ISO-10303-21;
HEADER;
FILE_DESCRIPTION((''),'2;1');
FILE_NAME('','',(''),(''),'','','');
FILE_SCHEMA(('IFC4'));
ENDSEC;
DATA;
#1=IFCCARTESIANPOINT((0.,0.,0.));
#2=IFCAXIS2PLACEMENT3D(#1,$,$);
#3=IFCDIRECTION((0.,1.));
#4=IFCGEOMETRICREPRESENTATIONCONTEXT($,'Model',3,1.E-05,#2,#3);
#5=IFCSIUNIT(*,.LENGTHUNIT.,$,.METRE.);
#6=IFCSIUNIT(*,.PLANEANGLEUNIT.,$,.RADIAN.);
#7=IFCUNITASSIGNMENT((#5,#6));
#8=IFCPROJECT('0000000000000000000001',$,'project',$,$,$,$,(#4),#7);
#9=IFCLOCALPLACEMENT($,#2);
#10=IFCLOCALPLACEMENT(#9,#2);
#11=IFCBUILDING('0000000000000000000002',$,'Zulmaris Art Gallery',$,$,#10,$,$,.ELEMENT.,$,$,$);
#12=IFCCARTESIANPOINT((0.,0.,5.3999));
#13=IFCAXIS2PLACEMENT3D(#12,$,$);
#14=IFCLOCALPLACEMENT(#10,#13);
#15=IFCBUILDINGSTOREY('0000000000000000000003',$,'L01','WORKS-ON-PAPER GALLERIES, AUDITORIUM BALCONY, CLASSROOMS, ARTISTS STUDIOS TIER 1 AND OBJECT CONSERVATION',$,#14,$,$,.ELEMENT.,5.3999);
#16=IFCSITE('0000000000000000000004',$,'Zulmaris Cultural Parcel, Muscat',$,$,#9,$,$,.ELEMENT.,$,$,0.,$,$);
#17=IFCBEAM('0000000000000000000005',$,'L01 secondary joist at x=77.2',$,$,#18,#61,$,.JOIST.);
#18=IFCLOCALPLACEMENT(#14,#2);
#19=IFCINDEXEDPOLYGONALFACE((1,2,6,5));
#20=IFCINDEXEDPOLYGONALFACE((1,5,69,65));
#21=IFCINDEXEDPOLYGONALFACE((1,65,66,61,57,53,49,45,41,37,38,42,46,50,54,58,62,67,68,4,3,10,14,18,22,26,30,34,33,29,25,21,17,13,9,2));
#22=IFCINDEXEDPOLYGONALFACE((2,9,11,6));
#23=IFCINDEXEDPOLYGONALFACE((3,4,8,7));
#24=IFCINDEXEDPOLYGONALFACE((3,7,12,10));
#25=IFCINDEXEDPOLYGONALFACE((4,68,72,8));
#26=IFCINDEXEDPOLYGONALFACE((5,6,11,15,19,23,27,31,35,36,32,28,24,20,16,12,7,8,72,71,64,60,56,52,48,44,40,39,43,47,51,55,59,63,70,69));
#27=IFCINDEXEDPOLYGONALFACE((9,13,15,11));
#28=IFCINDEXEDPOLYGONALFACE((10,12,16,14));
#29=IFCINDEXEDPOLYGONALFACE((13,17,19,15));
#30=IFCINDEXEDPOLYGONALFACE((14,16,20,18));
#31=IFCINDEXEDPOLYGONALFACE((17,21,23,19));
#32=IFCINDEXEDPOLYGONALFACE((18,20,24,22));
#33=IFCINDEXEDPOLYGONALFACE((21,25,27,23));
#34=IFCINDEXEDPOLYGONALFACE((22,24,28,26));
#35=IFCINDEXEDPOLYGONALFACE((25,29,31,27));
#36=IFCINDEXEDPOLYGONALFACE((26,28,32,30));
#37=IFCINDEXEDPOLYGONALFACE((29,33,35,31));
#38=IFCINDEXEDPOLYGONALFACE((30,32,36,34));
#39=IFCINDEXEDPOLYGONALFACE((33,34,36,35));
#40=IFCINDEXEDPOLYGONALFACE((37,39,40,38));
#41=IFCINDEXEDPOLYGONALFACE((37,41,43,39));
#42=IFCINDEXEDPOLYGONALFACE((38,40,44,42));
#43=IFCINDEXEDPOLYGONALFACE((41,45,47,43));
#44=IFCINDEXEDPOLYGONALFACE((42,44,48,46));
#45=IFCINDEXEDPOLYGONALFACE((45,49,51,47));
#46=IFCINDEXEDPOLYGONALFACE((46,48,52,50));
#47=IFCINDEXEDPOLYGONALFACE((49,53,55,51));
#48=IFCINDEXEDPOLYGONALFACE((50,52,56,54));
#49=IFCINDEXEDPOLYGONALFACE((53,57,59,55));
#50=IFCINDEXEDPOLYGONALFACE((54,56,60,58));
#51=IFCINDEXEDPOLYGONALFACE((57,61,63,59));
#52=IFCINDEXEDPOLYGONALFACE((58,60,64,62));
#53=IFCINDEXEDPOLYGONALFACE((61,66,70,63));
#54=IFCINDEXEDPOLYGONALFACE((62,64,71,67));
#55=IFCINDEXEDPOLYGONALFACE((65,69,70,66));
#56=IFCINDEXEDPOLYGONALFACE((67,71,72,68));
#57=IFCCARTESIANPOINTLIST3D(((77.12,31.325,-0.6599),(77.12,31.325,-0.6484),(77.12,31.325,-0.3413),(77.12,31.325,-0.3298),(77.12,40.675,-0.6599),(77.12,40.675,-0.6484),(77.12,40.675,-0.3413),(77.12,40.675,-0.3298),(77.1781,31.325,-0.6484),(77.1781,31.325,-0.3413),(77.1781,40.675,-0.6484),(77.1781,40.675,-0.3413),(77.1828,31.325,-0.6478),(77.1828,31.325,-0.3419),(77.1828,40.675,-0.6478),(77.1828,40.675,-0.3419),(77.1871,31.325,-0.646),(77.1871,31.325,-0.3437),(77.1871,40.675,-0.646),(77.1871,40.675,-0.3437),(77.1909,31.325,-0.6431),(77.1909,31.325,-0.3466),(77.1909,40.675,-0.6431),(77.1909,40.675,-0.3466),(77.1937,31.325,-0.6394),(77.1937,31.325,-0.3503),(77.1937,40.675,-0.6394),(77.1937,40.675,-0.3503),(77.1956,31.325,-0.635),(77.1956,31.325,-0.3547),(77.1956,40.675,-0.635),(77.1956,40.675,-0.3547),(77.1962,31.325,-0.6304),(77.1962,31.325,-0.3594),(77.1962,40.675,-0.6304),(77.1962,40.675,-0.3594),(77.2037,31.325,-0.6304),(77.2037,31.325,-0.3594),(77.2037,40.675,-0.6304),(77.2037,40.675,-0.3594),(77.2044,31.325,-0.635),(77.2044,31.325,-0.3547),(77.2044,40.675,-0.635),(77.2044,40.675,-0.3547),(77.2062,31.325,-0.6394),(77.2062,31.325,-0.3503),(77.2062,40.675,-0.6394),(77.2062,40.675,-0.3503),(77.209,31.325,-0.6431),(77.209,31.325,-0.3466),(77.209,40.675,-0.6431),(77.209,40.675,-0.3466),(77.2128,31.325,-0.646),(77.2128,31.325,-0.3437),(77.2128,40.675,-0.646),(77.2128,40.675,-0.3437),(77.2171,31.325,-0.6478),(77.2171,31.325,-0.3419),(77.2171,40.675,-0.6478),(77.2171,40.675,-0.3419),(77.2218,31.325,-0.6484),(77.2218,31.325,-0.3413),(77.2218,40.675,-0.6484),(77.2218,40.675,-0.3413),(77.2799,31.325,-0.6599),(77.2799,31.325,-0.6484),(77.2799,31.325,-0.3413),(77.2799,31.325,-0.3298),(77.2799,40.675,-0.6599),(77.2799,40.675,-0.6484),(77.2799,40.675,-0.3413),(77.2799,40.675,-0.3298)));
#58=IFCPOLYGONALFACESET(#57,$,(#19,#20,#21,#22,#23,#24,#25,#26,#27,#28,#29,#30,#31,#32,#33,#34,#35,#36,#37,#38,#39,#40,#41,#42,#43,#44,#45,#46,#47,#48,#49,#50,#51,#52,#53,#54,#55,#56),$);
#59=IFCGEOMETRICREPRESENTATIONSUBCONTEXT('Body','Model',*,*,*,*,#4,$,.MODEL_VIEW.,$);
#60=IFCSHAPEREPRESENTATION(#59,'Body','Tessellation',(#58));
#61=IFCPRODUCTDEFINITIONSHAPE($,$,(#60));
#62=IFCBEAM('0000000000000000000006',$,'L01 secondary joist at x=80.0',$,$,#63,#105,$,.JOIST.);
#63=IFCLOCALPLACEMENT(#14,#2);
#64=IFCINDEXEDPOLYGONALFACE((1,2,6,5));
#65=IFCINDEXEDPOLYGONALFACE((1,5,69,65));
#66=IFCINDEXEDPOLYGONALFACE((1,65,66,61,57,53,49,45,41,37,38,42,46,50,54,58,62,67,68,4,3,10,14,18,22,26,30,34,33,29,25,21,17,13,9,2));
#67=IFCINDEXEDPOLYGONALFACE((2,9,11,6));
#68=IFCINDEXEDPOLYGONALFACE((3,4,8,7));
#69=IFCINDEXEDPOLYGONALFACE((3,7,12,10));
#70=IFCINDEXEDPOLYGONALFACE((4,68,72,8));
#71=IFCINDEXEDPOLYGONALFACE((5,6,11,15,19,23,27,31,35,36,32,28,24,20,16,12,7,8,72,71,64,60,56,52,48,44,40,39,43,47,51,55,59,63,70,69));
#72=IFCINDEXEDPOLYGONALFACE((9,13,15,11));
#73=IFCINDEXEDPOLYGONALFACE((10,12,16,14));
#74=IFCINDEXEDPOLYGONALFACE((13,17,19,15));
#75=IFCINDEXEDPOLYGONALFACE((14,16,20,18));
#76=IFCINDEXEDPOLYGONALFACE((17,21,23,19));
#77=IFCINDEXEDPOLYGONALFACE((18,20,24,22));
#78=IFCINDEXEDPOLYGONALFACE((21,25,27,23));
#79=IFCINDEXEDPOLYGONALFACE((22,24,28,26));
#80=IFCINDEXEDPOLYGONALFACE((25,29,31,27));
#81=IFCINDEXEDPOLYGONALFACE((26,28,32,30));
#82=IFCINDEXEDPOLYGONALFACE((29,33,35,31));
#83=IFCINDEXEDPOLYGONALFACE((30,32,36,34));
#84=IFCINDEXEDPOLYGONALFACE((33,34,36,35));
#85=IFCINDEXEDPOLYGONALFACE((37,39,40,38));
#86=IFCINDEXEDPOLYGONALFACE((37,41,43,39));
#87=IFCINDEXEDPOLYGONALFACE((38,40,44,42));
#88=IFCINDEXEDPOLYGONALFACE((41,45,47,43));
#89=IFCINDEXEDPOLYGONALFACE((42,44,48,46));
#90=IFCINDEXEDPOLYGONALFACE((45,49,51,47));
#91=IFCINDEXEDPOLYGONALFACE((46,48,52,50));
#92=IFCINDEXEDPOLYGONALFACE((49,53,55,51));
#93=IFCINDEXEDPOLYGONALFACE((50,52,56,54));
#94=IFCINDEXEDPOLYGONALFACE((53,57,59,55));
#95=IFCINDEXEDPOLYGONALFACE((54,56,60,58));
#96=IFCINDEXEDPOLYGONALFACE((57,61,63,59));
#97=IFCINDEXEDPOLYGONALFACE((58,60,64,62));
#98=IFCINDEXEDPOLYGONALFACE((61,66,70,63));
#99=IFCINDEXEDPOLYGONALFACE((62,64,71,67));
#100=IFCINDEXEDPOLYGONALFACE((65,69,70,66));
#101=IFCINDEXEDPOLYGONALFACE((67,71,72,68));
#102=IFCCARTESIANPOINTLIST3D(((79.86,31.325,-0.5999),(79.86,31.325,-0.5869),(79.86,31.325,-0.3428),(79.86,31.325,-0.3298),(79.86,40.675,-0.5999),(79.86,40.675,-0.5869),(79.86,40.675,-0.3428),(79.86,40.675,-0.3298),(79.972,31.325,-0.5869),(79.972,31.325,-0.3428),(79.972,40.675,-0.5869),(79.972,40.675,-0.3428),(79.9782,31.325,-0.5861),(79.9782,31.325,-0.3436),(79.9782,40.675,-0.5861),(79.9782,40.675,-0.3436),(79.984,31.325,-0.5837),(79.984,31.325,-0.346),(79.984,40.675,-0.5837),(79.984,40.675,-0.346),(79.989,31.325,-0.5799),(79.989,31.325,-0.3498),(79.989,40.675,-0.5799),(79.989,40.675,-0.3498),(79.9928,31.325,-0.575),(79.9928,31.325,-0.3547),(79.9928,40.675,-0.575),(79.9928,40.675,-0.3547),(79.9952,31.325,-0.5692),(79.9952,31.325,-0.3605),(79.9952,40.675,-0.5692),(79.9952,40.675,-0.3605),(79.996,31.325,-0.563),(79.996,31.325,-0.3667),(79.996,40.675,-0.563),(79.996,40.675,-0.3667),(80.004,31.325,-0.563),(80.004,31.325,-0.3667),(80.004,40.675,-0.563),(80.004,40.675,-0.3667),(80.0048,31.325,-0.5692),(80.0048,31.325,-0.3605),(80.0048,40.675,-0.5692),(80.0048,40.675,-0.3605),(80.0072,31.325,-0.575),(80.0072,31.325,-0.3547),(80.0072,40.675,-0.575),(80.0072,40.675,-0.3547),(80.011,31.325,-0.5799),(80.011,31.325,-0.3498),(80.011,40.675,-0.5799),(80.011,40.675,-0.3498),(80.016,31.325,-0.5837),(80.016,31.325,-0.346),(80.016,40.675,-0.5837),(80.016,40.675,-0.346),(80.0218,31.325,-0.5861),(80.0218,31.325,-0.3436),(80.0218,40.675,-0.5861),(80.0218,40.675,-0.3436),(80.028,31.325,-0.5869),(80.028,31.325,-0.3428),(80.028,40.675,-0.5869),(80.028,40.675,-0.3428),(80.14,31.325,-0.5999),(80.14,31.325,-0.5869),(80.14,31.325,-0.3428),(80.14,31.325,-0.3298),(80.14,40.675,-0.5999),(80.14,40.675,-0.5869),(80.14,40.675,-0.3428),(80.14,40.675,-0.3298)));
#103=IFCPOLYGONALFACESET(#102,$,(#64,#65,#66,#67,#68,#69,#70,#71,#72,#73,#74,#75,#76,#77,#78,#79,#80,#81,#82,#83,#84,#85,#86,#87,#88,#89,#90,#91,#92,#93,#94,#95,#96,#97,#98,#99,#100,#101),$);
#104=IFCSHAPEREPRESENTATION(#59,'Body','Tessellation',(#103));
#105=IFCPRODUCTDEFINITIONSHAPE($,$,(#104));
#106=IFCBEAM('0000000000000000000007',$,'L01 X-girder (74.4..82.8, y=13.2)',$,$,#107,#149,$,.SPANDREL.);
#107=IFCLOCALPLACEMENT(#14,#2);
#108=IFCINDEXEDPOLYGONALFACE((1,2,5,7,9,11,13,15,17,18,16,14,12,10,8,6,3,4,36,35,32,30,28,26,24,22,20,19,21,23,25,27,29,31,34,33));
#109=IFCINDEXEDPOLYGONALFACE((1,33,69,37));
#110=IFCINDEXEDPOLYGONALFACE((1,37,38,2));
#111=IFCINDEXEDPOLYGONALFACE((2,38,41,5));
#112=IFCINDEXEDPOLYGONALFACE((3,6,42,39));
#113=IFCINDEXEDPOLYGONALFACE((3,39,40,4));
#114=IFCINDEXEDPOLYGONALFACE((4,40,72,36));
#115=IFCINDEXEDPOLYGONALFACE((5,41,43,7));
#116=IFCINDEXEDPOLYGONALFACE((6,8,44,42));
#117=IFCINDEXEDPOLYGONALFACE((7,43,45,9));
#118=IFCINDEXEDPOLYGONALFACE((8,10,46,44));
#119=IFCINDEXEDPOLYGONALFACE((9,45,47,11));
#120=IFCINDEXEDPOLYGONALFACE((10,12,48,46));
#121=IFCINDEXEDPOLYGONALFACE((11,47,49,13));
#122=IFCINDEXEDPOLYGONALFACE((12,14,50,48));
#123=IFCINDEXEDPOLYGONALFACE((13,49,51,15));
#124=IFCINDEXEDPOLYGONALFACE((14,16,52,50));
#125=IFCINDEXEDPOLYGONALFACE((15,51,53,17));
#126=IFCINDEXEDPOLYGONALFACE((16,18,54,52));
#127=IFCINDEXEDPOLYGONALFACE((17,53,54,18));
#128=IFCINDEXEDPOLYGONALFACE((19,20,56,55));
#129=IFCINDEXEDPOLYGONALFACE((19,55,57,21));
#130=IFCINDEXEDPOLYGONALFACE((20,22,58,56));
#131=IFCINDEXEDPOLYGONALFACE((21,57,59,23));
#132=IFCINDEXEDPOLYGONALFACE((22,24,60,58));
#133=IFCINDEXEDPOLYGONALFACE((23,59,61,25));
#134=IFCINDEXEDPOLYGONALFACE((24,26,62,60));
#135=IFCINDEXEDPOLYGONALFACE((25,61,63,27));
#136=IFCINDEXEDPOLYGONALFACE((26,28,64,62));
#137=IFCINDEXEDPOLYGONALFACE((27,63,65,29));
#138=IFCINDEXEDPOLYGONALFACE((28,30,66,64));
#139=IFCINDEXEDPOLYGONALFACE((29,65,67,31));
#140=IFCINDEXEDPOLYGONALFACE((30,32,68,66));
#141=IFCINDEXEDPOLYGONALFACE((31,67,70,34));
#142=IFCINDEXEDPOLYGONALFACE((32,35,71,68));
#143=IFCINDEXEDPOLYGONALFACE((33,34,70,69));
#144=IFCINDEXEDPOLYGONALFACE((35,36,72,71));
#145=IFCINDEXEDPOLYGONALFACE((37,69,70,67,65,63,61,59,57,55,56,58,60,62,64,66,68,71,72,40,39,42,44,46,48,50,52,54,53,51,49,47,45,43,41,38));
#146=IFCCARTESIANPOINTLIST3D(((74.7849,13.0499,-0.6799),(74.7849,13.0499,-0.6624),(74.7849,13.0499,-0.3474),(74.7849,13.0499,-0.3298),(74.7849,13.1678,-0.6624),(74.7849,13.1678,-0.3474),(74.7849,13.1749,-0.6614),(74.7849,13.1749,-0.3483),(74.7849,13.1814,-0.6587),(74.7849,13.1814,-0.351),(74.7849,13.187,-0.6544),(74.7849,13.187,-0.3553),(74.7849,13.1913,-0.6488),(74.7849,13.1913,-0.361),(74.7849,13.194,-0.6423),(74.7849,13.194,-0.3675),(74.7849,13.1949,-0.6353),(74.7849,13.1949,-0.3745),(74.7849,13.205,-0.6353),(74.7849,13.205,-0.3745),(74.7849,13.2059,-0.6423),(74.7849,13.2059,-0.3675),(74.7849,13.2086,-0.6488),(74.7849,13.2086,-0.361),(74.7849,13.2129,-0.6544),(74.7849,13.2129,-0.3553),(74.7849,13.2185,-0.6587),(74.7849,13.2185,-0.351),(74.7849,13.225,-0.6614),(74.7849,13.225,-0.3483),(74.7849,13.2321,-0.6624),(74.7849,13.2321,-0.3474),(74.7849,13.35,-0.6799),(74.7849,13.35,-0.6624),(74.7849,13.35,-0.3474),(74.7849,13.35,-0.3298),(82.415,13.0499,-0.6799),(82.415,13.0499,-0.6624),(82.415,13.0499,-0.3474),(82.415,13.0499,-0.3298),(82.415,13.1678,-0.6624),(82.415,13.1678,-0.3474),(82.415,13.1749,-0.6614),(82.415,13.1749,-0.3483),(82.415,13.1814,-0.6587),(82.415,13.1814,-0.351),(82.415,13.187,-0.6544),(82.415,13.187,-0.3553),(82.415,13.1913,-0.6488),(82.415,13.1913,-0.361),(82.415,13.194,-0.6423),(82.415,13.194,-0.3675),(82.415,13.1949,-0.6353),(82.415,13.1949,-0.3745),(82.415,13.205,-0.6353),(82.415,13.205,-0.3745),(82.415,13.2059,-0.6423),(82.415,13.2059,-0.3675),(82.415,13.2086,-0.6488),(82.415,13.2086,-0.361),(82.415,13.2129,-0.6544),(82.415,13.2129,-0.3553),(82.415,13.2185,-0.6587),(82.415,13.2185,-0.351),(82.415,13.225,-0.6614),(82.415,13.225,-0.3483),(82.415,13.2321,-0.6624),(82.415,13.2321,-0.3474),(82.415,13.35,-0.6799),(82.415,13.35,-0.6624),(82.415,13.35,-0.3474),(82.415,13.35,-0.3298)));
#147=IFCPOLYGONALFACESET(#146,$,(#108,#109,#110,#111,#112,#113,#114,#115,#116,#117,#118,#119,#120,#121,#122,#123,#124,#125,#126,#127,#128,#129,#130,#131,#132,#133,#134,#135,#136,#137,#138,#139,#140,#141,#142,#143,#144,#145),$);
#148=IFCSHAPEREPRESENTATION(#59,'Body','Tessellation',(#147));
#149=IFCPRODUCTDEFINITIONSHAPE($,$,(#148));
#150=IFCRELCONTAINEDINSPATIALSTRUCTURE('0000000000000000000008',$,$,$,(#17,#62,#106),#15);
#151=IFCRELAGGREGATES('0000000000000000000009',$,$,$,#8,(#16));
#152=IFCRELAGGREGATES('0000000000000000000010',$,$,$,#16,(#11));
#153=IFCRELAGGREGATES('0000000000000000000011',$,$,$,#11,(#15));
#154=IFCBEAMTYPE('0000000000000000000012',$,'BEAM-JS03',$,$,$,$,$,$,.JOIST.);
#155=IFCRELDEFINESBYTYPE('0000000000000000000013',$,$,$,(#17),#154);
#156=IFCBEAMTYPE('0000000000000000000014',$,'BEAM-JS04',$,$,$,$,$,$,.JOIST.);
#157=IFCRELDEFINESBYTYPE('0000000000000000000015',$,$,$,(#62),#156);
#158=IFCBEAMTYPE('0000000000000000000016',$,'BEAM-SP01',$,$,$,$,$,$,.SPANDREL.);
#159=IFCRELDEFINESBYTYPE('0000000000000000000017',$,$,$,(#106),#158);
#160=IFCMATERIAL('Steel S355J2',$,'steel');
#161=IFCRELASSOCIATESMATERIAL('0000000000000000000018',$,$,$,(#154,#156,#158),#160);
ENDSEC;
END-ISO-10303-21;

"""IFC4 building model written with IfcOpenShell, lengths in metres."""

from ifc_helpers import new_model, si_unit, direction, frame, origin, origin_2d, place, context, subcontext, project, spatial, i_section, extrude, material, material_profile, profile_set, type_object, element, save


model = new_model("IFC4")

# Units and contexts
model_context = context("Model", 3, precision=1e-05, world=origin(), true_north=direction((0.0, 1.0)))
body_context = subcontext(model_context, "Body", "Model", "MODEL_VIEW")
ifc_project = project(units=[si_unit("LENGTHUNIT", "METRE"), si_unit("PLANEANGLEUNIT", "RADIAN")], contexts=[model_context])

# Site, building, storey
site_placement = place(None, origin())
site = spatial("IfcSite", under=ifc_project, at=site_placement, Name="Zulmaris Cultural Parcel, Muscat", CompositionType="ELEMENT", RefElevation=0.0)
building_placement = place(site_placement, origin())
building = spatial("IfcBuilding", under=site, at=building_placement, Name="Zulmaris Art Gallery", CompositionType="ELEMENT")
storey_placement = place(building_placement, frame((0.0, 0.0, 5.3999)))
storey = spatial("IfcBuildingStorey", under=building, at=storey_placement, Name="L01", Description="WORKS-ON-PAPER GALLERIES, AUDITORIUM BALCONY, CLASSROOMS, ARTISTS STUDIOS TIER 1 AND OBJECT CONSERVATION", CompositionType="ELEMENT", Elevation=5.3999)

# Beams
ifc_material_1 = material(Name="Steel S355J2", Category="steel")
ifc_material_profile_1 = material_profile(ifc_material_1, i_section(OverallWidth=0.1599, OverallDepth=0.3301, WebThickness=0.0076, FlangeThickness=0.0115, FilletRadius=0.0181, at=origin_2d()), Name="IPE 330")
ifc_profile_set_1 = profile_set([ifc_material_profile_1], Name="Steel S355J2")
beam_type_1 = type_object("IfcBeamType", Name="BEAM-JS03", PredefinedType="JOIST", material=ifc_profile_set_1)
beam_1_placement = place(storey_placement, frame((77.2, 31.325, -0.4949), z_axis=(0.0, 1.0, 0.0), x_axis=(-1.0, 0.0, 0.0)))
element("IfcBeam", 1, at=beam_1_placement, inside=storey, type_object=beam_type_1, Name="L01 secondary joist at x=77.2", PredefinedType="JOIST", context=body_context, shape_type="SweptSolid", body=[
    extrude(i_section(OverallWidth=0.1599, OverallDepth=0.3301, WebThickness=0.0076, FlangeThickness=0.0115, FilletRadius=0.0181, at=origin_2d()), origin(), (0.0, 0.0, 1.0), 9.3501),
])
ifc_material_profile_2 = material_profile(ifc_material_1, i_section(OverallWidth=0.28, OverallDepth=0.27, WebThickness=0.0081, FlangeThickness=0.0129, FilletRadius=0.0239, at=origin_2d()), Name="HEA 280")
ifc_profile_set_2 = profile_set([ifc_material_profile_2], Name="Steel S355J2")
beam_type_2 = type_object("IfcBeamType", Name="BEAM-JS04", PredefinedType="JOIST", material=ifc_profile_set_2)
beam_2_placement = place(storey_placement, frame((80.0, 31.325, -0.4648), z_axis=(0.0, 1.0, 0.0), x_axis=(-1.0, 0.0, 0.0)))
element("IfcBeam", 2, at=beam_2_placement, inside=storey, type_object=beam_type_2, Name="L01 secondary joist at x=80.0", PredefinedType="JOIST", context=body_context, shape_type="SweptSolid", body=[
    extrude(i_section(OverallWidth=0.28, OverallDepth=0.27, WebThickness=0.0081, FlangeThickness=0.0129, FilletRadius=0.0239, at=origin_2d()), origin(), (0.0, 0.0, 1.0), 9.3501),
])
ifc_material_profile_3 = material_profile(ifc_material_1, i_section(OverallWidth=0.3, OverallDepth=0.3501, WebThickness=0.01, FlangeThickness=0.0176, FilletRadius=0.0271, at=origin_2d()), Name="HEA 360")
ifc_profile_set_3 = profile_set([ifc_material_profile_3], Name="Steel S355J2")
beam_type_3 = type_object("IfcBeamType", Name="BEAM-SP01", PredefinedType="SPANDREL", material=ifc_profile_set_3)
beam_3_placement = place(storey_placement, frame((74.7849, 13.2, -0.5049), z_axis=(1.0, 0.0, 0.0), x_axis=(0.0, 1.0, 0.0)))
element("IfcBeam", 3, at=beam_3_placement, inside=storey, type_object=beam_type_3, Name="L01 X-girder (74.4..82.8, y=13.2)", PredefinedType="SPANDREL", context=body_context, shape_type="SweptSolid", body=[
    extrude(i_section(OverallWidth=0.3, OverallDepth=0.3501, WebThickness=0.01, FlangeThickness=0.0176, FilletRadius=0.0271, at=origin_2d()), origin(), (0.0, 0.0, 1.0), 7.6301),
])

save(model, "model.ifc")
